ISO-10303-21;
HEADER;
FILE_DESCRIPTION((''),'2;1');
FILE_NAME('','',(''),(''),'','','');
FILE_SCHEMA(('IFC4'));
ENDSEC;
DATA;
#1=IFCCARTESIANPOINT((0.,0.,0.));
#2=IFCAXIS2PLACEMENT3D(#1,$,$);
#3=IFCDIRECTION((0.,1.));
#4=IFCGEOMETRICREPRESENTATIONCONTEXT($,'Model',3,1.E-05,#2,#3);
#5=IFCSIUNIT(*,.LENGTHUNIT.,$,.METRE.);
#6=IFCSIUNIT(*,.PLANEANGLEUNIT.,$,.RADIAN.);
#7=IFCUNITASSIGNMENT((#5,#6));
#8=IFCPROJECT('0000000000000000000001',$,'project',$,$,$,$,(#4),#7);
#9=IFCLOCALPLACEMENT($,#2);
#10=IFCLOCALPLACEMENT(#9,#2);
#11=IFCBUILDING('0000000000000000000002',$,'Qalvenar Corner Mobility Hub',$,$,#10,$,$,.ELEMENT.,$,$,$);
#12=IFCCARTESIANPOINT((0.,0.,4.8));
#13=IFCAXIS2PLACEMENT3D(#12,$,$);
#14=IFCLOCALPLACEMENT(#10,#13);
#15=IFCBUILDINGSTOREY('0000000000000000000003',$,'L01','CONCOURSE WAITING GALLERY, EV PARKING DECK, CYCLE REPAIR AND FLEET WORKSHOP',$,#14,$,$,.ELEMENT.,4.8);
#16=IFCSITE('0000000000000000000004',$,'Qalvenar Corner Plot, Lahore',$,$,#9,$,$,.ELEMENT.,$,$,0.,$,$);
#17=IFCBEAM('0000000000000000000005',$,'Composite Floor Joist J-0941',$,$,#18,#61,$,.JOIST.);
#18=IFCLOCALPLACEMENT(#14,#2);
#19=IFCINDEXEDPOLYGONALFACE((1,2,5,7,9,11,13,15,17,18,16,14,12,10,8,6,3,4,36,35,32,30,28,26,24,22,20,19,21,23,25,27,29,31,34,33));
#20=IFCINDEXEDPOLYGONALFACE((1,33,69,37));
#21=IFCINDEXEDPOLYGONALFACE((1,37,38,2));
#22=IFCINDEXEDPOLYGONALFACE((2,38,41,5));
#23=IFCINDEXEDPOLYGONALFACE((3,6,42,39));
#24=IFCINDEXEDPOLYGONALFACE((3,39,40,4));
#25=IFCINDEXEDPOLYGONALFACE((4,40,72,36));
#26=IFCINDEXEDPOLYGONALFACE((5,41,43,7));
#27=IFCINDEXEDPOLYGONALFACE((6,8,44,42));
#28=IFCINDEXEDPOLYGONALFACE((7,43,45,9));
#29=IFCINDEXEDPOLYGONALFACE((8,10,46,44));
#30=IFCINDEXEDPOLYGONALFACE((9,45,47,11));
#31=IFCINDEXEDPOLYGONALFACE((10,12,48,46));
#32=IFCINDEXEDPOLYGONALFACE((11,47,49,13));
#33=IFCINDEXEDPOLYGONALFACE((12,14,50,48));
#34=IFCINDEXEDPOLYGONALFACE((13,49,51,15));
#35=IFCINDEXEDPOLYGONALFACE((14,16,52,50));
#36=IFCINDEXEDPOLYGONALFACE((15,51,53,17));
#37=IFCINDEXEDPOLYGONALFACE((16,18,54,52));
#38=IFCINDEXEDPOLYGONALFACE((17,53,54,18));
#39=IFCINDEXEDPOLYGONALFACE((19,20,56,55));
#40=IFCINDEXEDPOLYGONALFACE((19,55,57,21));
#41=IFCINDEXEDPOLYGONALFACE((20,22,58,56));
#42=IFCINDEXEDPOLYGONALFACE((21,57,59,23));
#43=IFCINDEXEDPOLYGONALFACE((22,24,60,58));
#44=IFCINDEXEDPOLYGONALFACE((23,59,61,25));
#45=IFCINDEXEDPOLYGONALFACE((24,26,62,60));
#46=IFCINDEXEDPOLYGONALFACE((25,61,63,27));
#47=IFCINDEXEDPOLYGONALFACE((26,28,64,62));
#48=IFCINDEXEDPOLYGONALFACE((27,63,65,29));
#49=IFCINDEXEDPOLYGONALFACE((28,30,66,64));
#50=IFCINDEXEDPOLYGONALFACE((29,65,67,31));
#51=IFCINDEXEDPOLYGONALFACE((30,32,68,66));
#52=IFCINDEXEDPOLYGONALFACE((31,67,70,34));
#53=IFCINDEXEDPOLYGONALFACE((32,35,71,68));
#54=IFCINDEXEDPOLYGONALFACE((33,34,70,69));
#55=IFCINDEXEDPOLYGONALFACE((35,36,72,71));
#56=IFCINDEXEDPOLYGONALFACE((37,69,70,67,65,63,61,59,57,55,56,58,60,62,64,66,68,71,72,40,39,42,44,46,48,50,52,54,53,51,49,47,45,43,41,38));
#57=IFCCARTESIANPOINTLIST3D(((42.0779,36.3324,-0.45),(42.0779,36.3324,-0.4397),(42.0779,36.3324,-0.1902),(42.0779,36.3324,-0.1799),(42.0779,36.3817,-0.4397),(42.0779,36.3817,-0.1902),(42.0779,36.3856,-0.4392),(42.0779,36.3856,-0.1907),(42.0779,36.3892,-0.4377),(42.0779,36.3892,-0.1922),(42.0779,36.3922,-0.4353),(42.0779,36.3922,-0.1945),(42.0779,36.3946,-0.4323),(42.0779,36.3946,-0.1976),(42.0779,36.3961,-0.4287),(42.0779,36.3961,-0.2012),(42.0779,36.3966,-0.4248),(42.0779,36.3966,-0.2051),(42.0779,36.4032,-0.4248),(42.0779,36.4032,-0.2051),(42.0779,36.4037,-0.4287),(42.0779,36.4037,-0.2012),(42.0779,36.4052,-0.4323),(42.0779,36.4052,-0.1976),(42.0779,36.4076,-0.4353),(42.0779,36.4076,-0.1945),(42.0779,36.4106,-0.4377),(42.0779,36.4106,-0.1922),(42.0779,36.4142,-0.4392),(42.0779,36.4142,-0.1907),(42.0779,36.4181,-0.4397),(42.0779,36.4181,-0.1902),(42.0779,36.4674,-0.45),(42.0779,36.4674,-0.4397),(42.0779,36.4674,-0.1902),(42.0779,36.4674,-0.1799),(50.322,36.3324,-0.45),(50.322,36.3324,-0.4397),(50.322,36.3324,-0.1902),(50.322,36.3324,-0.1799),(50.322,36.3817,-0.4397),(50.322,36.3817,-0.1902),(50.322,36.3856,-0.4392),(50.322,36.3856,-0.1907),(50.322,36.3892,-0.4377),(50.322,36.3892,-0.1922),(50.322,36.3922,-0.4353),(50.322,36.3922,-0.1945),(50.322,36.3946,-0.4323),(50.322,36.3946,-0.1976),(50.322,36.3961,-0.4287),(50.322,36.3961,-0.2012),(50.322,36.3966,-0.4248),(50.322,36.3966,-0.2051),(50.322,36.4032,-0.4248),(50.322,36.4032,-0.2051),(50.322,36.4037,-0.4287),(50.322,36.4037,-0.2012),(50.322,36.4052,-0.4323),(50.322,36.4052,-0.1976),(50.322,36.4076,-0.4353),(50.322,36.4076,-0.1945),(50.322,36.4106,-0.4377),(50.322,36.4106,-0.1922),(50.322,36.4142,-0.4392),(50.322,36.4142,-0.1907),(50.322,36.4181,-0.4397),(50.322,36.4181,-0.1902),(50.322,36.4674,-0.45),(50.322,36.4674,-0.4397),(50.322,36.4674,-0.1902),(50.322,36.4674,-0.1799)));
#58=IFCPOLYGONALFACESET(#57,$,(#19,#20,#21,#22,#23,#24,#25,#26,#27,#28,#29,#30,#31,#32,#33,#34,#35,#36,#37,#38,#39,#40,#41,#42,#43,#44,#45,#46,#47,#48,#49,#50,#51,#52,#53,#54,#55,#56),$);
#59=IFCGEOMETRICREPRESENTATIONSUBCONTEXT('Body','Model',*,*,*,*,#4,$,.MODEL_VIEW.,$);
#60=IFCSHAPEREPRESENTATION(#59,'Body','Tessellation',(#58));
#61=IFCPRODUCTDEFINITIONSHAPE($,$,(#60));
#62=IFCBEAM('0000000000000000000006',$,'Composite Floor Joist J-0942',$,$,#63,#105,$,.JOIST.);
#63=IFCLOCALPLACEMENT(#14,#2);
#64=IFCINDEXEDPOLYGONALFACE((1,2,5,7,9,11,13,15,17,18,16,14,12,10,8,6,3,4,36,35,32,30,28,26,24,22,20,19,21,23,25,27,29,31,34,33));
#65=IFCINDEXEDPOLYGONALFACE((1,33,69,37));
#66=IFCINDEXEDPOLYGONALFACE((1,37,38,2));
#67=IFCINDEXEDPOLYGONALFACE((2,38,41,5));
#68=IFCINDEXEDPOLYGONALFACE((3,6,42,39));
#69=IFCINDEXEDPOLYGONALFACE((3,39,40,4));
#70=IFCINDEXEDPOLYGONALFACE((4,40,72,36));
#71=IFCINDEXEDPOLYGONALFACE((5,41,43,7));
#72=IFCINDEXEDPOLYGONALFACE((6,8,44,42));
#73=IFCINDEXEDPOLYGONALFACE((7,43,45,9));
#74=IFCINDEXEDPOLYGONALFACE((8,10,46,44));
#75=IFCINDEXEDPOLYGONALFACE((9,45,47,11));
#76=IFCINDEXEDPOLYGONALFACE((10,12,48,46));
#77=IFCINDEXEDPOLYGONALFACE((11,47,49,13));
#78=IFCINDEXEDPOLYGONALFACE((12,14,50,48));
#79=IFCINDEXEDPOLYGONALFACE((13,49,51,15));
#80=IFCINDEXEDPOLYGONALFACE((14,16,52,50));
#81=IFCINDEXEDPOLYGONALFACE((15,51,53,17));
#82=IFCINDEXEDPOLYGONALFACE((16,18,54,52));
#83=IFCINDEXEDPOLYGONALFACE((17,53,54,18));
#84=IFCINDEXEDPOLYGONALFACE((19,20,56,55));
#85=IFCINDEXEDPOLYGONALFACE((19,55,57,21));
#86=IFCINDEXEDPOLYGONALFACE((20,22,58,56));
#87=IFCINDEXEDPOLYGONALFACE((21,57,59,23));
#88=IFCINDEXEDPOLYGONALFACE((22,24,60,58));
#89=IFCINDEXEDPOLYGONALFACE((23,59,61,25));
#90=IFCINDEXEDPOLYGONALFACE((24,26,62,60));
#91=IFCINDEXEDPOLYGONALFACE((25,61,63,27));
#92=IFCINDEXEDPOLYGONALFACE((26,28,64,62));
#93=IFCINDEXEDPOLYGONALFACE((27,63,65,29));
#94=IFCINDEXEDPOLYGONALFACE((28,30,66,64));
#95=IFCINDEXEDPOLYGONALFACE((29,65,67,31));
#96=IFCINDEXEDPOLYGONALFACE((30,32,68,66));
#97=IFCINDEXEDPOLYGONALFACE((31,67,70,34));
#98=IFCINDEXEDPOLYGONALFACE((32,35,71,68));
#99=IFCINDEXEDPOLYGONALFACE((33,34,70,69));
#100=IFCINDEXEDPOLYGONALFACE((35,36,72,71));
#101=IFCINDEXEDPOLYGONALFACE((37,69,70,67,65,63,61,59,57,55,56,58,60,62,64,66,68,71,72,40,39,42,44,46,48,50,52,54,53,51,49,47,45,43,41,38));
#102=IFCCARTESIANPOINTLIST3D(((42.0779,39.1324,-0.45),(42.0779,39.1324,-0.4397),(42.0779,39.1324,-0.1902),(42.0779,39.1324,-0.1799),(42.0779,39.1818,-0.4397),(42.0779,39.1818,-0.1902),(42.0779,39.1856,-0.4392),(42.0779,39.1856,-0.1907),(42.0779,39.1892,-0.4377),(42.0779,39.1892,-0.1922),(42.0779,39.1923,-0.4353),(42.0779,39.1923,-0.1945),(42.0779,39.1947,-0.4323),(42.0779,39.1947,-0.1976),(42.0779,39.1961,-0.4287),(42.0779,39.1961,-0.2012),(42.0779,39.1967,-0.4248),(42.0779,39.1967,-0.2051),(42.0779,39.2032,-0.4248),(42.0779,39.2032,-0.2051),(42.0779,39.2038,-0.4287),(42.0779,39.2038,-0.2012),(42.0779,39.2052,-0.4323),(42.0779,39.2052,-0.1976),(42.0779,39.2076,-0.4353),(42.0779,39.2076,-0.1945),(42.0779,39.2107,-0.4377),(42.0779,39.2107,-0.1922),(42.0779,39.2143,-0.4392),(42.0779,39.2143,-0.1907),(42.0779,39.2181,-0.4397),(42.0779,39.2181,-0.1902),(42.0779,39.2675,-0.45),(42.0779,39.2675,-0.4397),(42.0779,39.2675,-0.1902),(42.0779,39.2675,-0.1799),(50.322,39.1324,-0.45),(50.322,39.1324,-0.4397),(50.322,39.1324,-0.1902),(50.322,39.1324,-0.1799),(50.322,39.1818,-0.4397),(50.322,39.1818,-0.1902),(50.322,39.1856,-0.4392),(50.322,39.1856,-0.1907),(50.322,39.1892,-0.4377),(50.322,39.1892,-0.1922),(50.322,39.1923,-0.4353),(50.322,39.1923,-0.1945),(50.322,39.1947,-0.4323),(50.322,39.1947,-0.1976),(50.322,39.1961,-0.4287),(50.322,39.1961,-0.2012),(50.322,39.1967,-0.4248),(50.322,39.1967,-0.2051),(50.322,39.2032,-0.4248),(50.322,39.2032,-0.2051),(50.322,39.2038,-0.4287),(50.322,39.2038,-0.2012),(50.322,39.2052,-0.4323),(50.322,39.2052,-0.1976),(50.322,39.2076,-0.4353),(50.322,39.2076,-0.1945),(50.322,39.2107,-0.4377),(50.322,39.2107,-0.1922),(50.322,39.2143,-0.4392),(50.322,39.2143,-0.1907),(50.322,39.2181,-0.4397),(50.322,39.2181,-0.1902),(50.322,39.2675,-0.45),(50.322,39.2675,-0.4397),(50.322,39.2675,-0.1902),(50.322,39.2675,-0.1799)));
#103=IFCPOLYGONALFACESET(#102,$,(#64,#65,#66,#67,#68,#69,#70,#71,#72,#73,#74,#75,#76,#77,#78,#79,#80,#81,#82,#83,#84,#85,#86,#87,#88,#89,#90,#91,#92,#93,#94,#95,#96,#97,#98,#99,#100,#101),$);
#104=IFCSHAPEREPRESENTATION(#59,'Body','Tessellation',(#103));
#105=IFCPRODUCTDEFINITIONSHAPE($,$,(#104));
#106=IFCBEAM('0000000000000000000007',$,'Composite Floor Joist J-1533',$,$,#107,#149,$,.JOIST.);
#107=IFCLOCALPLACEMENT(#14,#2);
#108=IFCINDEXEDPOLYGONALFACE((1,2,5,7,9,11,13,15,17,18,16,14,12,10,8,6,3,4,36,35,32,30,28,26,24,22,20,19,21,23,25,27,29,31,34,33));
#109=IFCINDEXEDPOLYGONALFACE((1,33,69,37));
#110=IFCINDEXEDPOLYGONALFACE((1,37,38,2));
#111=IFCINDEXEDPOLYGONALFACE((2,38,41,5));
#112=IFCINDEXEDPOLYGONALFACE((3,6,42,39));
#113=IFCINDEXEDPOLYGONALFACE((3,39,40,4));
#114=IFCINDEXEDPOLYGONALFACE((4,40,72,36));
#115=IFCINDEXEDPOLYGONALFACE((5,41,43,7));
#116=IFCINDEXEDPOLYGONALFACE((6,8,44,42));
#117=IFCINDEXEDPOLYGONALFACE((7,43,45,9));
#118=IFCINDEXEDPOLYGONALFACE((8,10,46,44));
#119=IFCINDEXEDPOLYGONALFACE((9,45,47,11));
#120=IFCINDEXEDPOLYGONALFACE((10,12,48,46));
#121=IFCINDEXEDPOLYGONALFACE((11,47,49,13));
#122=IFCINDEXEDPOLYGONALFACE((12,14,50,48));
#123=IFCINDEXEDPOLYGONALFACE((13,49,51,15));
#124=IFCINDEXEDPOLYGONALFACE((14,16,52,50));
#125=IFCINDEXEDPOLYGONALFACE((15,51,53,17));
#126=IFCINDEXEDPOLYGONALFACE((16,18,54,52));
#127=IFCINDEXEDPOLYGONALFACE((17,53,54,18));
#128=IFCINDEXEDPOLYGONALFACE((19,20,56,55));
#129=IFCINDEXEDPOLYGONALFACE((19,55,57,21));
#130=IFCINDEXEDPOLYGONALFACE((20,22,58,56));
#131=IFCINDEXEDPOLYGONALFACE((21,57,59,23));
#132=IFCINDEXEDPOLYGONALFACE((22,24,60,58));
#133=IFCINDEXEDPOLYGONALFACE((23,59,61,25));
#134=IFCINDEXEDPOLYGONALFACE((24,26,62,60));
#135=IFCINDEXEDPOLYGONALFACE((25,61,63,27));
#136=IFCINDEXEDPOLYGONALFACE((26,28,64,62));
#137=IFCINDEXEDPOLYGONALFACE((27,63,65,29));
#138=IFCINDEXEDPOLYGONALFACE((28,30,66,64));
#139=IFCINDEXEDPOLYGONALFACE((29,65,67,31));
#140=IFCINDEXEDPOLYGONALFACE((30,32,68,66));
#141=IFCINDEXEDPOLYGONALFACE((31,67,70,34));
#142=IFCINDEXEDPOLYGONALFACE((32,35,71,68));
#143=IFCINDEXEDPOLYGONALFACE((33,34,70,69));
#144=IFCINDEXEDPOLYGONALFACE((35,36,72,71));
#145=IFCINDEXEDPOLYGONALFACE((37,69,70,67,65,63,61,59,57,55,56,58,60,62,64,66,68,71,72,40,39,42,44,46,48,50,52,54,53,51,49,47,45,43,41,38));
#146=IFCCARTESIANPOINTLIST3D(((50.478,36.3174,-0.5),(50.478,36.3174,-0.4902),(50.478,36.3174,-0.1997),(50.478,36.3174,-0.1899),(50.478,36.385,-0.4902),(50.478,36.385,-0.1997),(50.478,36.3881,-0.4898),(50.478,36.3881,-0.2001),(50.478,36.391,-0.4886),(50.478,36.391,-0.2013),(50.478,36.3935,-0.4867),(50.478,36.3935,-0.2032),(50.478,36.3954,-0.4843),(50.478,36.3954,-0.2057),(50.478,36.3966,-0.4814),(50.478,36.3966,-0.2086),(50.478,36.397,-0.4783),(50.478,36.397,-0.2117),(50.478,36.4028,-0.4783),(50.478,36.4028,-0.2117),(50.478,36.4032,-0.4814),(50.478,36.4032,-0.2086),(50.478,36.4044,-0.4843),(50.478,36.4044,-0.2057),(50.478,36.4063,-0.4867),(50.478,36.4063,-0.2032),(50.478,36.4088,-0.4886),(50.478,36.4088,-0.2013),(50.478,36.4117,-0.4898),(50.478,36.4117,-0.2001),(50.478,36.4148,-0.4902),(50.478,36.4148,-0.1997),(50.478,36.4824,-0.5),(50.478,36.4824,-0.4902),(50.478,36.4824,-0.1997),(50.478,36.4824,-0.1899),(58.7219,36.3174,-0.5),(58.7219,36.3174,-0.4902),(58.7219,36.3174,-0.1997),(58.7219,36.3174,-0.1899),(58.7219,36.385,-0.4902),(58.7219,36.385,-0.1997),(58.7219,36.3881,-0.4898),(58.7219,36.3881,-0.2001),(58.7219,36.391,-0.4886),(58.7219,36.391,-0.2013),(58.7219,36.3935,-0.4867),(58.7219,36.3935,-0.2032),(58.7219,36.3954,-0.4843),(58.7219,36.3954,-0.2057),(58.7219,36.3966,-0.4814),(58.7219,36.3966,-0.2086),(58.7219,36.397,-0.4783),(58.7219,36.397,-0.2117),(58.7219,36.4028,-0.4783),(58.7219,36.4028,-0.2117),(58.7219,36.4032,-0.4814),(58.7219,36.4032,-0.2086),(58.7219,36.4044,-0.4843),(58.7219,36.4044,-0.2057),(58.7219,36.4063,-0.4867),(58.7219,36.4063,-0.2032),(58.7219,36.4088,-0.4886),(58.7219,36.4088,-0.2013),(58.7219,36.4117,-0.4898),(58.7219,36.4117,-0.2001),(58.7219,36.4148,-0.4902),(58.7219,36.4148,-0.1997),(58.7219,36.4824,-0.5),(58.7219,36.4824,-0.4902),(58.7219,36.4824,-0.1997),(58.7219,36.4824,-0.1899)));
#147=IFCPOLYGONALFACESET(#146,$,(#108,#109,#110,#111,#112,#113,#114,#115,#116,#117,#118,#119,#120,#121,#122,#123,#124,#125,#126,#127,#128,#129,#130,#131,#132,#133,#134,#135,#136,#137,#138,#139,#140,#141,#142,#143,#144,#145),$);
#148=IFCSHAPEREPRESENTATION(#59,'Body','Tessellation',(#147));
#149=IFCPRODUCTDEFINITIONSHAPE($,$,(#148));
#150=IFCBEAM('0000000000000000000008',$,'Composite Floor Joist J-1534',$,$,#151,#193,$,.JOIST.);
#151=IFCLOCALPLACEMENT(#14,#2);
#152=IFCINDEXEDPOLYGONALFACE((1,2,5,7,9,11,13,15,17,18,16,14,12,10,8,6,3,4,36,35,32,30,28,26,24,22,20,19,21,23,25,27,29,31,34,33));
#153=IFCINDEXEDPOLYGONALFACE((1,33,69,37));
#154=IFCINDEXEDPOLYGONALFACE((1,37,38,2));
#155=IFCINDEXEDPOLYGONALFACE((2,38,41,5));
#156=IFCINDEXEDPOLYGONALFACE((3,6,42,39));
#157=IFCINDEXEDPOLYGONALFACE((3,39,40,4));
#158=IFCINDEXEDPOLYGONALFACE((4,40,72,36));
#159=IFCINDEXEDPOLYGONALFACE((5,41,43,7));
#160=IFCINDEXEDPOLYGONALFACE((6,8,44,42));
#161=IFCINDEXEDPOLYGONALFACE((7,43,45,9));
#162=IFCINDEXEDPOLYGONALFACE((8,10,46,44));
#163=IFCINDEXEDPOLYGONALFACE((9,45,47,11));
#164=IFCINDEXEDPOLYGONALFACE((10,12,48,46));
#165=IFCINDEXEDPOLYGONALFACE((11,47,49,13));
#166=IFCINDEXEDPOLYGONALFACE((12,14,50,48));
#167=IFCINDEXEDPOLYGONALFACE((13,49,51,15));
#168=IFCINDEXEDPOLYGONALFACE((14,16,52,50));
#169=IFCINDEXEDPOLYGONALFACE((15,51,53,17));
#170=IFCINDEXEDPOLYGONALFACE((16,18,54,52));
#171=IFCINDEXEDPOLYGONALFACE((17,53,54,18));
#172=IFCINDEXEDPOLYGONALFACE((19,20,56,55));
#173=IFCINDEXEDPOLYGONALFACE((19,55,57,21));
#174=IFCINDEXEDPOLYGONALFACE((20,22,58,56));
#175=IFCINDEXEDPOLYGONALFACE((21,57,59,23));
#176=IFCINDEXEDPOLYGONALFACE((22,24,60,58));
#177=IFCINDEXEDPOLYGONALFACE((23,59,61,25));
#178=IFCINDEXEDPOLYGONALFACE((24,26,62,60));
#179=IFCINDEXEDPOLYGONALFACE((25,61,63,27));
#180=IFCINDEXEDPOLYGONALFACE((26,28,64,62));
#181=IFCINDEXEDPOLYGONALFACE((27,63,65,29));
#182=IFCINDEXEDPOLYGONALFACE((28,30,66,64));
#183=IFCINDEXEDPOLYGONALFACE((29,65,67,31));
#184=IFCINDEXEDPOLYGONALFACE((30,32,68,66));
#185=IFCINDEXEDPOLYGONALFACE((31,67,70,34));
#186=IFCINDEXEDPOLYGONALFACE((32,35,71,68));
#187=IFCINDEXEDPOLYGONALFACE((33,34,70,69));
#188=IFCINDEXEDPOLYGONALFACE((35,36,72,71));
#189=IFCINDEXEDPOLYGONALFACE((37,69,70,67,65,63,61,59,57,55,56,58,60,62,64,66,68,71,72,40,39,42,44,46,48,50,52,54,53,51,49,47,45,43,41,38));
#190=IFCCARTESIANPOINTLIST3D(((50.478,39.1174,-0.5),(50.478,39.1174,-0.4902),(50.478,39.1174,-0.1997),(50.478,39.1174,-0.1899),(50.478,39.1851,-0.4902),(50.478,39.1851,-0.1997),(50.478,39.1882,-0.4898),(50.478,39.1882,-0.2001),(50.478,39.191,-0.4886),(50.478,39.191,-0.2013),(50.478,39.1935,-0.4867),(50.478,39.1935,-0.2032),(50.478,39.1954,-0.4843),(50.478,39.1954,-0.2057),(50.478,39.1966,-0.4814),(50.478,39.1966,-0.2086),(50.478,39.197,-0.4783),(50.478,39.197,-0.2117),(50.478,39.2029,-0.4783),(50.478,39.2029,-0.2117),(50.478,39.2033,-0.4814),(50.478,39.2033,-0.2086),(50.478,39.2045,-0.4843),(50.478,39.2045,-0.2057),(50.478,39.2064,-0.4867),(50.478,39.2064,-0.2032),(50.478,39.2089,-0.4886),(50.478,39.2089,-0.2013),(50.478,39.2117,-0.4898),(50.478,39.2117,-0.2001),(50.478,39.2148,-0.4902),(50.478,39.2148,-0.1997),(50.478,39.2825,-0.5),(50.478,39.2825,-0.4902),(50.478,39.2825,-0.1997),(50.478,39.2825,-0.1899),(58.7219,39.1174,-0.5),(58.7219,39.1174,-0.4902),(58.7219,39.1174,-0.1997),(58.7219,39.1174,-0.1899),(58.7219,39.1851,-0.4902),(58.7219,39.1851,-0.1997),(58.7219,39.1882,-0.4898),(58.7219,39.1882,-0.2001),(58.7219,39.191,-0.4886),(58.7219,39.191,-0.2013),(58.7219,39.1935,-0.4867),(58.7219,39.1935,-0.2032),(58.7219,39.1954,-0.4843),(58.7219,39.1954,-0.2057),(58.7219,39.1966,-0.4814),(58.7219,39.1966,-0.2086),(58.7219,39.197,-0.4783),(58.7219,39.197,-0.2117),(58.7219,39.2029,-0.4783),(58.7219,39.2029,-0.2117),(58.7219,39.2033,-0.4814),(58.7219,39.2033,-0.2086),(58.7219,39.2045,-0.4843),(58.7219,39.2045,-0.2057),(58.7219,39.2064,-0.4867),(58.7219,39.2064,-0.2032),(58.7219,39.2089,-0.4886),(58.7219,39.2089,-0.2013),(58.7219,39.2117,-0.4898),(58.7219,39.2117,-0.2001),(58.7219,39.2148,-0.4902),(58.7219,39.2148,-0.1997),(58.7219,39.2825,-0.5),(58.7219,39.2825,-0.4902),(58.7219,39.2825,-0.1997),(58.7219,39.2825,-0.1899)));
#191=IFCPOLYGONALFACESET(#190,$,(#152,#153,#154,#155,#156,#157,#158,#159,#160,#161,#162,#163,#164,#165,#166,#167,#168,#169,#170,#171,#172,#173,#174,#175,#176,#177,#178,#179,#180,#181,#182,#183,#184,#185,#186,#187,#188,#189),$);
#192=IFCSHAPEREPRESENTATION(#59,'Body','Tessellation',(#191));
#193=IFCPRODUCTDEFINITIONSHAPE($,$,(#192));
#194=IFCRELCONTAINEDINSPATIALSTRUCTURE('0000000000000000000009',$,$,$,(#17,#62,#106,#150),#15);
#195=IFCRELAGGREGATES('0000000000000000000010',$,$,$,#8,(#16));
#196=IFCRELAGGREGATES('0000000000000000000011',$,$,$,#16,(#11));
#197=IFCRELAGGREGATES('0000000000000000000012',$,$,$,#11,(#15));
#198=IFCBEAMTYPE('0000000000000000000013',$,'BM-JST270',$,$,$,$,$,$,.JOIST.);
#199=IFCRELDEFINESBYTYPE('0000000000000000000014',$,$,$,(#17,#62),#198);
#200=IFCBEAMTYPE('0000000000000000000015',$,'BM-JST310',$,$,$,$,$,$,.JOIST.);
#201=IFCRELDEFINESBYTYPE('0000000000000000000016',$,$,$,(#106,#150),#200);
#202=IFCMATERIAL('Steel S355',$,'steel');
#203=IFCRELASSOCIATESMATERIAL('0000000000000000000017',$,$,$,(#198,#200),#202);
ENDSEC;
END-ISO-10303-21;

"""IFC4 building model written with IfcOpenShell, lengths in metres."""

from ifc_helpers import new_model, si_unit, direction, frame, origin, origin_2d, place, context, subcontext, project, spatial, i_section, extrude, material, material_profile, profile_set, type_object, element, save


model = new_model("IFC4")

# Units and contexts
model_context = context("Model", 3, precision=1e-05, world=origin(), true_north=direction((0.0, 1.0)))
body_context = subcontext(model_context, "Body", "Model", "MODEL_VIEW")
ifc_project = project(units=[si_unit("LENGTHUNIT", "METRE"), si_unit("PLANEANGLEUNIT", "RADIAN")], contexts=[model_context])

# Site, building, storey
site_placement = place(None, origin())
site = spatial("IfcSite", under=ifc_project, at=site_placement, Name="Qalvenar Corner Plot, Lahore", CompositionType="ELEMENT", RefElevation=0.0)
building_placement = place(site_placement, origin())
building = spatial("IfcBuilding", under=site, at=building_placement, Name="Qalvenar Corner Mobility Hub", CompositionType="ELEMENT")
storey_placement = place(building_placement, frame((0.0, 0.0, 4.8)))
storey = spatial("IfcBuildingStorey", under=building, at=storey_placement, Name="L01", Description="CONCOURSE WAITING GALLERY, EV PARKING DECK, CYCLE REPAIR AND FLEET WORKSHOP", CompositionType="ELEMENT", Elevation=4.8)

# Shared definitions
ifc_material_1 = material(Name="Steel S355", Category="steel")

# Beams
ifc_material_profile_1 = material_profile(ifc_material_1, i_section(OverallWidth=0.135, OverallDepth=0.27, WebThickness=0.0066, FlangeThickness=0.0103, FilletRadius=0.0149, at=origin_2d()), Name="IPE270")
ifc_profile_set_1 = profile_set([ifc_material_profile_1], Name="Steel S355")
beam_type_1 = type_object("IfcBeamType", Name="BM-JST270", PredefinedType="JOIST", material=ifc_profile_set_1)
for number, where, z_axis, x_axis, name in (
    (1, (42.0779, 36.3999, -0.3149), (1.0, 0.0, 0.0), (0.0, 1.0, 0.0), "Composite Floor Joist J-0941"),
    (2, (42.0779, 39.2, -0.3149), (1.0, 0.0, 0.0), (0.0, 1.0, 0.0), "Composite Floor Joist J-0942"),
):
    element("IfcBeam", number, at=place(storey_placement, frame(where, z_axis=z_axis, x_axis=x_axis)), inside=storey, type_object=beam_type_1, Name=name, PredefinedType="JOIST", context=body_context, shape_type="SweptSolid", body=[
        extrude(i_section(OverallWidth=0.135, OverallDepth=0.27, WebThickness=0.0066, FlangeThickness=0.0103, FilletRadius=0.0149, at=origin_2d()), origin(), (0.0, 0.0, 1.0), 8.2441),
    ])
ifc_material_profile_2 = material_profile(ifc_material_1, i_section(OverallWidth=0.165, OverallDepth=0.3101, WebThickness=0.0059, FlangeThickness=0.0098, FilletRadius=0.012, at=origin_2d()), Name="W310x38.7")
ifc_profile_set_2 = profile_set([ifc_material_profile_2], Name="Steel S355")
beam_type_2 = type_object("IfcBeamType", Name="BM-JST310", PredefinedType="JOIST", material=ifc_profile_set_2)
for number, where, z_axis, x_axis, name in (
    (3, (50.478, 36.3999, -0.345), (1.0, 0.0, 0.0), (0.0, 1.0, 0.0), "Composite Floor Joist J-1533"),
    (4, (50.478, 39.2, -0.345), (1.0, 0.0, 0.0), (0.0, 1.0, 0.0), "Composite Floor Joist J-1534"),
):
    element("IfcBeam", number, at=place(storey_placement, frame(where, z_axis=z_axis, x_axis=x_axis)), inside=storey, type_object=beam_type_2, Name=name, PredefinedType="JOIST", context=body_context, shape_type="SweptSolid", body=[
        extrude(i_section(OverallWidth=0.165, OverallDepth=0.3101, WebThickness=0.0059, FlangeThickness=0.0098, FilletRadius=0.012, at=origin_2d()), origin(), (0.0, 0.0, 1.0), 8.2439),
    ])

save(model, "model.ifc")
